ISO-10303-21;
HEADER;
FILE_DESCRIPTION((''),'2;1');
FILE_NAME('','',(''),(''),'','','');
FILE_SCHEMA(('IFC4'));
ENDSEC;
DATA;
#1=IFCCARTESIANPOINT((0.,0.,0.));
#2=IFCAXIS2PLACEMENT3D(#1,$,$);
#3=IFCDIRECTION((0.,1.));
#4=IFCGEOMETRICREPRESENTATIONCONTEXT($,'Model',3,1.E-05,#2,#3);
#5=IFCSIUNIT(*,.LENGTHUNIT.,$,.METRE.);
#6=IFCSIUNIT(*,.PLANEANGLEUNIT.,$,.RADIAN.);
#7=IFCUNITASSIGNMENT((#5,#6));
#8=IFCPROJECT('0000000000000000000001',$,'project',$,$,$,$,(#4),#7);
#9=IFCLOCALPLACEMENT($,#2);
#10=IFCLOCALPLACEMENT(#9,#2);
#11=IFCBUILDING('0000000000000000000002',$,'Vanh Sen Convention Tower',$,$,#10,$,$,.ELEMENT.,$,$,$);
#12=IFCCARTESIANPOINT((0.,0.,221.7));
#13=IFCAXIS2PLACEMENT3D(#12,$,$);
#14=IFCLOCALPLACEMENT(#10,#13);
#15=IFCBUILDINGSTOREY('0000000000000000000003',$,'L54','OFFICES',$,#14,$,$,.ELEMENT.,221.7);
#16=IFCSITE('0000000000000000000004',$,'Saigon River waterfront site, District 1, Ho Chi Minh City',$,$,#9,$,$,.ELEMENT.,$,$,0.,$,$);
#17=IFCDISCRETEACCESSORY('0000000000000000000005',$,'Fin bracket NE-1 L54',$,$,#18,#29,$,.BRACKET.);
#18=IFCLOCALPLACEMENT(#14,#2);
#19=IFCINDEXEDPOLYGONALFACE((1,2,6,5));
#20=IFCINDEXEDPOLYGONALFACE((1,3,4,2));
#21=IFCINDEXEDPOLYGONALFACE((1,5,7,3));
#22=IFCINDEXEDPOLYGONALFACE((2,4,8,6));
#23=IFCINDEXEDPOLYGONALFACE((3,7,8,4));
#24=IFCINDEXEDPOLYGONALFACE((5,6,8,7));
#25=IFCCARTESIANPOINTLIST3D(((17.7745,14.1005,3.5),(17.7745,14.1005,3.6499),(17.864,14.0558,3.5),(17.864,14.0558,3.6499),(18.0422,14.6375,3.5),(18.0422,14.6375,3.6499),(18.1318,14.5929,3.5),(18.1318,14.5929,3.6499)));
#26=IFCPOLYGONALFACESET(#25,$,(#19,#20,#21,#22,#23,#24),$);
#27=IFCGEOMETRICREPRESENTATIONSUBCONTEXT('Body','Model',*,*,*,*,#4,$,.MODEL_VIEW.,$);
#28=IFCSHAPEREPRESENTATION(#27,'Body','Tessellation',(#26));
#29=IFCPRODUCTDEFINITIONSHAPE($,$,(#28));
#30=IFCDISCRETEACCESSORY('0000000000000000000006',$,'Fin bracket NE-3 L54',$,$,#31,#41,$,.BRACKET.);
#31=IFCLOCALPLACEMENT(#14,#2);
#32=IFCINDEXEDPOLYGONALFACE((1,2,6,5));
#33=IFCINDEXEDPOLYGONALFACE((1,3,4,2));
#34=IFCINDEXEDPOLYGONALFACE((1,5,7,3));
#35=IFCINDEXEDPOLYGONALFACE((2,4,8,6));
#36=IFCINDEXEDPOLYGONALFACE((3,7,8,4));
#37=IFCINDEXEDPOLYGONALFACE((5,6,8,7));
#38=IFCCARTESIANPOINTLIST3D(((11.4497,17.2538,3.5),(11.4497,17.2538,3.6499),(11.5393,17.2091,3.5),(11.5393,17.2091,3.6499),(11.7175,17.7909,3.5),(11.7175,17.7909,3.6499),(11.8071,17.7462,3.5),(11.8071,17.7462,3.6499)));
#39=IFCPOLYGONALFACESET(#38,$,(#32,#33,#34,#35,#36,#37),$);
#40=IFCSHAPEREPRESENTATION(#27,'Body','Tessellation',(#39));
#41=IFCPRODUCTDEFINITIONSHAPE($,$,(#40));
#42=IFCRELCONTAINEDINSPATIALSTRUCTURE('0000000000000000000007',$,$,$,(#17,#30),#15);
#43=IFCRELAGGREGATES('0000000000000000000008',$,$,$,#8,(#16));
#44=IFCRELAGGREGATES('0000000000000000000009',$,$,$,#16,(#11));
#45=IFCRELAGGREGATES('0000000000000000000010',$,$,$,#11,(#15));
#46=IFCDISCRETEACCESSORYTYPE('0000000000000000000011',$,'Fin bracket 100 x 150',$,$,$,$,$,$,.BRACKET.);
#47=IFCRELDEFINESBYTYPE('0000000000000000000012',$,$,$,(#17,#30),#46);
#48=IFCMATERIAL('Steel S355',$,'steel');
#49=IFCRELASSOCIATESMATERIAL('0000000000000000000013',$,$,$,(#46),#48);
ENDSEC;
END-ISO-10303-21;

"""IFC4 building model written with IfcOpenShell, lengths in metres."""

from ifc_helpers import new_model, si_unit, direction, frame, origin, origin_2d, place, context, subcontext, project, spatial, rectangle, extrude, material, type_object, element, save


model = new_model("IFC4")

# Units and contexts
model_context = context("Model", 3, precision=1e-05, world=origin(), true_north=direction((0.0, 1.0)))
body_context = subcontext(model_context, "Body", "Model", "MODEL_VIEW")
ifc_project = project(units=[si_unit("LENGTHUNIT", "METRE"), si_unit("PLANEANGLEUNIT", "RADIAN")], contexts=[model_context])

# Site, building, storey
site_placement = place(None, origin())
site = spatial("IfcSite", under=ifc_project, at=site_placement, Name="Saigon River waterfront site, District 1, Ho Chi Minh City", CompositionType="ELEMENT", RefElevation=0.0)
building_placement = place(site_placement, origin())
building = spatial("IfcBuilding", under=site, at=building_placement, Name="Vanh Sen Convention Tower", CompositionType="ELEMENT")
storey_placement = place(building_placement, frame((0.0, 0.0, 221.7)))
storey = spatial("IfcBuildingStorey", under=building, at=storey_placement, Name="L54", Description="OFFICES", CompositionType="ELEMENT", Elevation=221.7)

# Discrete accessories
ifc_material_1 = material(Name="Steel S355", Category="steel")
discrete_accessory_type = type_object("IfcDiscreteAccessoryType", Name="Fin bracket 100 x 150", PredefinedType="BRACKET", material=ifc_material_1)
for number, where, z_axis, x_axis, name in (
    (1, (17.9531, 14.3467, 3.5), (0.0, 0.0, 1.0), (0.446198, 0.894934, 0.0), "Fin bracket NE-1 L54"),
    (2, (11.6284, 17.5, 3.5), (0.0, 0.0, 1.0), (0.446198, 0.894934, 0.0), "Fin bracket NE-3 L54"),
):
    element("IfcDiscreteAccessory", number, at=place(storey_placement, frame(where, z_axis=z_axis, x_axis=x_axis)), inside=storey, type_object=discrete_accessory_type, Name=name, PredefinedType="BRACKET", context=body_context, shape_type="SweptSolid", body=[
        extrude(rectangle(XDim=0.6001, YDim=0.1001, at=origin_2d()), origin(), (0.0, 0.0, 1.0), 0.1499),
    ])

save(model, "model.ifc")
